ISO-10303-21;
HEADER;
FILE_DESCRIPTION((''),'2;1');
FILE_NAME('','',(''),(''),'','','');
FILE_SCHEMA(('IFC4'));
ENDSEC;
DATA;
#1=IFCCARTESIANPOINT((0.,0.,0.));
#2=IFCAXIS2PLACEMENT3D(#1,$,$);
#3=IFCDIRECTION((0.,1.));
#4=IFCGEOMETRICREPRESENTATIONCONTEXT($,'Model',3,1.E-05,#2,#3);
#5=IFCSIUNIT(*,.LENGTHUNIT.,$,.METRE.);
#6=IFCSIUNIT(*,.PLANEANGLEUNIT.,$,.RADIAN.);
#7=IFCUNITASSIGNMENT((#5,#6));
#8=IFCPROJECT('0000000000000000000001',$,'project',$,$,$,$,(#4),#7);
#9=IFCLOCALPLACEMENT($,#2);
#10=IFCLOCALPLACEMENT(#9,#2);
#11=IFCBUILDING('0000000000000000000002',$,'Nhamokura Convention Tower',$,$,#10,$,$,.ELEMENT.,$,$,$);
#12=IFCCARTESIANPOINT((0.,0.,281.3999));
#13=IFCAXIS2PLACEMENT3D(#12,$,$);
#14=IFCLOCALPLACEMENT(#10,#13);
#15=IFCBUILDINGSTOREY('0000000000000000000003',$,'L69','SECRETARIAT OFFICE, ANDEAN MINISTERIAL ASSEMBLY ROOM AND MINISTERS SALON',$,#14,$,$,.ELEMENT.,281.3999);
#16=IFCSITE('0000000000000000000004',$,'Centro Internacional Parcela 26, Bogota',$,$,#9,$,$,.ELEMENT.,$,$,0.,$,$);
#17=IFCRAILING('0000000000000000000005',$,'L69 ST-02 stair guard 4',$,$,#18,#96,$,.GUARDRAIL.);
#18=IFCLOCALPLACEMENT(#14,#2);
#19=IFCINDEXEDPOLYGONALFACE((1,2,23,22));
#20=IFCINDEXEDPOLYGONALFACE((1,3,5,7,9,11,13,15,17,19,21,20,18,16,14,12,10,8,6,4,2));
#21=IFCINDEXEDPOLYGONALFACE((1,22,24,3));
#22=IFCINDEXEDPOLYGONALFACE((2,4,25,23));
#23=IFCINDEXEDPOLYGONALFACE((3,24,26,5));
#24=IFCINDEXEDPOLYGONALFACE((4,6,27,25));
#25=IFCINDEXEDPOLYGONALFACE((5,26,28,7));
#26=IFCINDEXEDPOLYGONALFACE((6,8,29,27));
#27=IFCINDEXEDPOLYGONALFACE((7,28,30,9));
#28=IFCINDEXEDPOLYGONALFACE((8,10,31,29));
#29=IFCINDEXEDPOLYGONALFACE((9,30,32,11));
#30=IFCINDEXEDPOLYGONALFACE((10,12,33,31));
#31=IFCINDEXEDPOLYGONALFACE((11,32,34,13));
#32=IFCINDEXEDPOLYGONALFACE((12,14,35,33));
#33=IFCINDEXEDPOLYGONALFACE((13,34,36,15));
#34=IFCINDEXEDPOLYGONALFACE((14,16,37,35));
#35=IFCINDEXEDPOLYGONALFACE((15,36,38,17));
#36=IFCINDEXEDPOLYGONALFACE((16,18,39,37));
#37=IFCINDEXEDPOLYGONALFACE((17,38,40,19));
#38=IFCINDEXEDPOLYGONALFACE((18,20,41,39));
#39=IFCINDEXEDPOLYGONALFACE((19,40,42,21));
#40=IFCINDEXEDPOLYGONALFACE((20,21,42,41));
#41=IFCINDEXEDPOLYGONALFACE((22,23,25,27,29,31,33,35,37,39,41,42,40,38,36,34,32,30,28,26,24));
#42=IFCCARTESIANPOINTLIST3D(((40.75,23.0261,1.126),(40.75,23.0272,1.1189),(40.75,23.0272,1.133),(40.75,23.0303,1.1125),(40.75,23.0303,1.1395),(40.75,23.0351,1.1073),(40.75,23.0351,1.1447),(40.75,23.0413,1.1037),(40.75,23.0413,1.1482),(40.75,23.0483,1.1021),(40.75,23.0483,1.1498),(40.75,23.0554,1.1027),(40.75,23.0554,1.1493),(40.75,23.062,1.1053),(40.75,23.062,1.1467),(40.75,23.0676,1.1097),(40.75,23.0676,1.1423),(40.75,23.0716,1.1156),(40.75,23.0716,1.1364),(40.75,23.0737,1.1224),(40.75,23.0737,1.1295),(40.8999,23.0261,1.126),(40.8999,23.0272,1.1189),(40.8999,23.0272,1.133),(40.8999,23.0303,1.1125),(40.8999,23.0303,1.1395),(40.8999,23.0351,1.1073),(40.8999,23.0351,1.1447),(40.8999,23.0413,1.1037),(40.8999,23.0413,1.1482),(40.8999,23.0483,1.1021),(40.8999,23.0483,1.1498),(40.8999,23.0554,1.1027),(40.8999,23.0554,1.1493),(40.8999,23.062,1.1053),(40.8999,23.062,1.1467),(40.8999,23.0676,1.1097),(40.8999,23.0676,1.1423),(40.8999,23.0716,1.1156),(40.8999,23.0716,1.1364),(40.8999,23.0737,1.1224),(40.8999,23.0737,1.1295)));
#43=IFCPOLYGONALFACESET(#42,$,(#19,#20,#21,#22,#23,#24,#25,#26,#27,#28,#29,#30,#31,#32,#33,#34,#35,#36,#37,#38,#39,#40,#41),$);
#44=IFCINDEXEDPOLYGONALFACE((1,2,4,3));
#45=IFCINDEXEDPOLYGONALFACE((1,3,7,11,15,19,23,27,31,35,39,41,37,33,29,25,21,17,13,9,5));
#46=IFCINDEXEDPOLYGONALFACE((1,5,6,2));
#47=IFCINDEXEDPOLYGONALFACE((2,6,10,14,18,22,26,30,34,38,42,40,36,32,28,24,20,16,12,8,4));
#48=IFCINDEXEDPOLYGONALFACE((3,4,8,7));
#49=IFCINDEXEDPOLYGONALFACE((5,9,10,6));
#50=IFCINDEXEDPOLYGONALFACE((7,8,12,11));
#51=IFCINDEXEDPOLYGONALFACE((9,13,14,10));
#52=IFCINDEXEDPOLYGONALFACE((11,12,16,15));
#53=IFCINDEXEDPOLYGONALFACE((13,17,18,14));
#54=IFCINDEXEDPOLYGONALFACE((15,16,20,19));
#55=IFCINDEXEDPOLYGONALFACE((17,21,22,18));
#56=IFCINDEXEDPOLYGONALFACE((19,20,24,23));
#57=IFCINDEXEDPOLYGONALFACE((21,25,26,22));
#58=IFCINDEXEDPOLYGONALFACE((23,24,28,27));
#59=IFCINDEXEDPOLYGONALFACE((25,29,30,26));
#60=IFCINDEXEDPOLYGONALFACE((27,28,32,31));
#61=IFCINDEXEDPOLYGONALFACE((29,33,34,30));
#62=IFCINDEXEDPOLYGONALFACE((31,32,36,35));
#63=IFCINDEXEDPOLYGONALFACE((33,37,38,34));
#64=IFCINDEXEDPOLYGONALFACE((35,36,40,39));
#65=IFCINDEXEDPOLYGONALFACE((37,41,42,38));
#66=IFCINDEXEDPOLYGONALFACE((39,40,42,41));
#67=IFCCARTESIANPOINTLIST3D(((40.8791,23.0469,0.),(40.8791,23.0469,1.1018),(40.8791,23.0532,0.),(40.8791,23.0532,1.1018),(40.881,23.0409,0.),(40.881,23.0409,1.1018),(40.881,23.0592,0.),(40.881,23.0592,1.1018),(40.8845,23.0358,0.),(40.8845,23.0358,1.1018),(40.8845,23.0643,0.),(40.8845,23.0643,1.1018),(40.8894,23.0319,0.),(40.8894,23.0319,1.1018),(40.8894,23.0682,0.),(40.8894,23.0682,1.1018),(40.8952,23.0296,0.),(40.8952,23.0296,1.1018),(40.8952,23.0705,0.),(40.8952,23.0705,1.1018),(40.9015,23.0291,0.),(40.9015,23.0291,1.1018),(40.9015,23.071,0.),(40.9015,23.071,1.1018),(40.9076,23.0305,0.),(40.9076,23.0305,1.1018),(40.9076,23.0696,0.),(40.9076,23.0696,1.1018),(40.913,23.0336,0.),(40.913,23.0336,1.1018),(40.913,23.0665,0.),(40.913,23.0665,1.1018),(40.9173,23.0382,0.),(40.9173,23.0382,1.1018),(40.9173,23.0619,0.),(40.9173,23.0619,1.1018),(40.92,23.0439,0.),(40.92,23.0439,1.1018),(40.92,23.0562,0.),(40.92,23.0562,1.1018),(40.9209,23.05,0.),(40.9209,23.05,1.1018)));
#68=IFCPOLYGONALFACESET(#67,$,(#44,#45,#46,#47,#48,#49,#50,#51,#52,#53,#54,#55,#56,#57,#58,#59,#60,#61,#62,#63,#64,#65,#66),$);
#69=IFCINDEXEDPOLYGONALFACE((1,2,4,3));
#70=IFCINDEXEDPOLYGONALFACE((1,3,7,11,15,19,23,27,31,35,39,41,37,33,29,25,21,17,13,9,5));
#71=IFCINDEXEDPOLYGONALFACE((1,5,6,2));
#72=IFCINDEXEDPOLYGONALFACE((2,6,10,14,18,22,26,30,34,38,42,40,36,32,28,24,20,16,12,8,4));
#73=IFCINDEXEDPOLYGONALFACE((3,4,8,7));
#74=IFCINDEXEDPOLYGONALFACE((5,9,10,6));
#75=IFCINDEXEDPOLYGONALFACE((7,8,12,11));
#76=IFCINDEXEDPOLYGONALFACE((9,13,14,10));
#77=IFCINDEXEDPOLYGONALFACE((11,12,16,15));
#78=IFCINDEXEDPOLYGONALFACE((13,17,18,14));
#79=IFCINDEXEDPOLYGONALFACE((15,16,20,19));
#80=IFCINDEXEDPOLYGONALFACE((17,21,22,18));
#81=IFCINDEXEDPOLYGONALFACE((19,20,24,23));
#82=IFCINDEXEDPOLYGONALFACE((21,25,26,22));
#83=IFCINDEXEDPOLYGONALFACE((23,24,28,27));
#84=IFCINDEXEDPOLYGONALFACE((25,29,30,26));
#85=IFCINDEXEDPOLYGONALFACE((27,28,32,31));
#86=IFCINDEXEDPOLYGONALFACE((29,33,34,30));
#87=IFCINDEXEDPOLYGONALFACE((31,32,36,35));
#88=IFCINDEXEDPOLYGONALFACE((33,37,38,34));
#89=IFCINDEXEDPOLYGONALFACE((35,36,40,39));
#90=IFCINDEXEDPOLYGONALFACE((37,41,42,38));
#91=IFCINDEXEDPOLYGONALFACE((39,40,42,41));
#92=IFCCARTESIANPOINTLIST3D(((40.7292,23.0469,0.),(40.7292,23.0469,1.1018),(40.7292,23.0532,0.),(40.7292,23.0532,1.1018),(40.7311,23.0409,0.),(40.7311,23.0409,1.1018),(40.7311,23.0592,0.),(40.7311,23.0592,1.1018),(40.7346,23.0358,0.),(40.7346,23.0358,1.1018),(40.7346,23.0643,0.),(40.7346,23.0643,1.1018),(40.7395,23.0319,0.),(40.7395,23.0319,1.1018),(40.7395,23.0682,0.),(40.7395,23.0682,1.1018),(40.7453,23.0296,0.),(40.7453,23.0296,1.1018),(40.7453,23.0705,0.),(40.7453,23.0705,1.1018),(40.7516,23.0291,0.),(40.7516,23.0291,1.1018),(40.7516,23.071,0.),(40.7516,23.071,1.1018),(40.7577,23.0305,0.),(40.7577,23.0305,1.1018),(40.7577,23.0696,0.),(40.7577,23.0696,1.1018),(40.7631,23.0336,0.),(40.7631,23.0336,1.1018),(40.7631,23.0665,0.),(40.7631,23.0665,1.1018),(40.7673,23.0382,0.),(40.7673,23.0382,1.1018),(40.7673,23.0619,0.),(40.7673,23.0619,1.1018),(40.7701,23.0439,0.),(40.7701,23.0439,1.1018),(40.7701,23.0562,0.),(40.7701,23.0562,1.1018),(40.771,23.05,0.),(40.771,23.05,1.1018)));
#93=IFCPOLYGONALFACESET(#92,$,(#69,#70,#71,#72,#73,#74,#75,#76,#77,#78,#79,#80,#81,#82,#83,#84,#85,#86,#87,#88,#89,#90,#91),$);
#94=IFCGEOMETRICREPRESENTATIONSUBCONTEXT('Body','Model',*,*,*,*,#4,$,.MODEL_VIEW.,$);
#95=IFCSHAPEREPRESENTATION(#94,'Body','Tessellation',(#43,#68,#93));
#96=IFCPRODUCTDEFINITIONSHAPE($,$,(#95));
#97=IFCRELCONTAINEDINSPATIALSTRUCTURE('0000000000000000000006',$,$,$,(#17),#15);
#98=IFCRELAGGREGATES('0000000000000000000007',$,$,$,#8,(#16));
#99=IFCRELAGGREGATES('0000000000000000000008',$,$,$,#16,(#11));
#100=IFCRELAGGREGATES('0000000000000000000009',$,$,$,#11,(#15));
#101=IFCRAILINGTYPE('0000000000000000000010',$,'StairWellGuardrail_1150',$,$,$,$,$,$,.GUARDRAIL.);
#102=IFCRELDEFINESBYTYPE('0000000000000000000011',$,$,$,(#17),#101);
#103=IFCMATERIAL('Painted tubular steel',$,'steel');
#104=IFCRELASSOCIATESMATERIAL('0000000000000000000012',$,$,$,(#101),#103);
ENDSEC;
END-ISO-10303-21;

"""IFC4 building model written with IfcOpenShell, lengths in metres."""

from ifc_helpers import new_model, si_unit, direction, frame, origin, origin_2d, place, context, subcontext, project, spatial, circle, extrude, material, type_object, element, save


model = new_model("IFC4")

# Units and contexts
model_context = context("Model", 3, precision=1e-05, world=origin(), true_north=direction((0.0, 1.0)))
body_context = subcontext(model_context, "Body", "Model", "MODEL_VIEW")
ifc_project = project(units=[si_unit("LENGTHUNIT", "METRE"), si_unit("PLANEANGLEUNIT", "RADIAN")], contexts=[model_context])

# Site, building, storey
site_placement = place(None, origin())
site = spatial("IfcSite", under=ifc_project, at=site_placement, Name="Centro Internacional Parcela 26, Bogota", CompositionType="ELEMENT", RefElevation=0.0)
building_placement = place(site_placement, origin())
building = spatial("IfcBuilding", under=site, at=building_placement, Name="Nhamokura Convention Tower", CompositionType="ELEMENT")
storey_placement = place(building_placement, frame((0.0, 0.0, 281.3999)))
storey = spatial("IfcBuildingStorey", under=building, at=storey_placement, Name="L69", Description="SECRETARIAT OFFICE, ANDEAN MINISTERIAL ASSEMBLY ROOM AND MINISTERS SALON", CompositionType="ELEMENT", Elevation=281.3999)

# Railing
ifc_material_1 = material(Name="Painted tubular steel", Category="steel")
railing_type_1 = type_object("IfcRailingType", Name="StairWellGuardrail_1150", PredefinedType="GUARDRAIL", material=ifc_material_1)
railing_1_placement = place(storey_placement, frame((40.8999, 23.05, 0.0)))
element("IfcRailing", 1, at=railing_1_placement, inside=storey, type_object=railing_type_1, Name="L69 ST-02 stair guard 4", PredefinedType="GUARDRAIL", context=body_context, shape_type="SweptSolid", body=[
    extrude(circle(Radius=0.0239, at=origin_2d()), frame((0.0, 0.0, 1.126), z_axis=(-1.0, 0.0, 0.0), x_axis=(0.0, -1.0, 0.0)), (0.0, 0.0, 1.0), 0.1499),
    extrude(circle(Radius=0.021, at=origin_2d()), origin(), (0.0, 0.0, 1.0), 1.1018),
    extrude(circle(Radius=0.021, at=origin_2d()), frame((-0.1499, 0.0, 0.0)), (0.0, 0.0, 1.0), 1.1018),
])

save(model, "model.ifc")
